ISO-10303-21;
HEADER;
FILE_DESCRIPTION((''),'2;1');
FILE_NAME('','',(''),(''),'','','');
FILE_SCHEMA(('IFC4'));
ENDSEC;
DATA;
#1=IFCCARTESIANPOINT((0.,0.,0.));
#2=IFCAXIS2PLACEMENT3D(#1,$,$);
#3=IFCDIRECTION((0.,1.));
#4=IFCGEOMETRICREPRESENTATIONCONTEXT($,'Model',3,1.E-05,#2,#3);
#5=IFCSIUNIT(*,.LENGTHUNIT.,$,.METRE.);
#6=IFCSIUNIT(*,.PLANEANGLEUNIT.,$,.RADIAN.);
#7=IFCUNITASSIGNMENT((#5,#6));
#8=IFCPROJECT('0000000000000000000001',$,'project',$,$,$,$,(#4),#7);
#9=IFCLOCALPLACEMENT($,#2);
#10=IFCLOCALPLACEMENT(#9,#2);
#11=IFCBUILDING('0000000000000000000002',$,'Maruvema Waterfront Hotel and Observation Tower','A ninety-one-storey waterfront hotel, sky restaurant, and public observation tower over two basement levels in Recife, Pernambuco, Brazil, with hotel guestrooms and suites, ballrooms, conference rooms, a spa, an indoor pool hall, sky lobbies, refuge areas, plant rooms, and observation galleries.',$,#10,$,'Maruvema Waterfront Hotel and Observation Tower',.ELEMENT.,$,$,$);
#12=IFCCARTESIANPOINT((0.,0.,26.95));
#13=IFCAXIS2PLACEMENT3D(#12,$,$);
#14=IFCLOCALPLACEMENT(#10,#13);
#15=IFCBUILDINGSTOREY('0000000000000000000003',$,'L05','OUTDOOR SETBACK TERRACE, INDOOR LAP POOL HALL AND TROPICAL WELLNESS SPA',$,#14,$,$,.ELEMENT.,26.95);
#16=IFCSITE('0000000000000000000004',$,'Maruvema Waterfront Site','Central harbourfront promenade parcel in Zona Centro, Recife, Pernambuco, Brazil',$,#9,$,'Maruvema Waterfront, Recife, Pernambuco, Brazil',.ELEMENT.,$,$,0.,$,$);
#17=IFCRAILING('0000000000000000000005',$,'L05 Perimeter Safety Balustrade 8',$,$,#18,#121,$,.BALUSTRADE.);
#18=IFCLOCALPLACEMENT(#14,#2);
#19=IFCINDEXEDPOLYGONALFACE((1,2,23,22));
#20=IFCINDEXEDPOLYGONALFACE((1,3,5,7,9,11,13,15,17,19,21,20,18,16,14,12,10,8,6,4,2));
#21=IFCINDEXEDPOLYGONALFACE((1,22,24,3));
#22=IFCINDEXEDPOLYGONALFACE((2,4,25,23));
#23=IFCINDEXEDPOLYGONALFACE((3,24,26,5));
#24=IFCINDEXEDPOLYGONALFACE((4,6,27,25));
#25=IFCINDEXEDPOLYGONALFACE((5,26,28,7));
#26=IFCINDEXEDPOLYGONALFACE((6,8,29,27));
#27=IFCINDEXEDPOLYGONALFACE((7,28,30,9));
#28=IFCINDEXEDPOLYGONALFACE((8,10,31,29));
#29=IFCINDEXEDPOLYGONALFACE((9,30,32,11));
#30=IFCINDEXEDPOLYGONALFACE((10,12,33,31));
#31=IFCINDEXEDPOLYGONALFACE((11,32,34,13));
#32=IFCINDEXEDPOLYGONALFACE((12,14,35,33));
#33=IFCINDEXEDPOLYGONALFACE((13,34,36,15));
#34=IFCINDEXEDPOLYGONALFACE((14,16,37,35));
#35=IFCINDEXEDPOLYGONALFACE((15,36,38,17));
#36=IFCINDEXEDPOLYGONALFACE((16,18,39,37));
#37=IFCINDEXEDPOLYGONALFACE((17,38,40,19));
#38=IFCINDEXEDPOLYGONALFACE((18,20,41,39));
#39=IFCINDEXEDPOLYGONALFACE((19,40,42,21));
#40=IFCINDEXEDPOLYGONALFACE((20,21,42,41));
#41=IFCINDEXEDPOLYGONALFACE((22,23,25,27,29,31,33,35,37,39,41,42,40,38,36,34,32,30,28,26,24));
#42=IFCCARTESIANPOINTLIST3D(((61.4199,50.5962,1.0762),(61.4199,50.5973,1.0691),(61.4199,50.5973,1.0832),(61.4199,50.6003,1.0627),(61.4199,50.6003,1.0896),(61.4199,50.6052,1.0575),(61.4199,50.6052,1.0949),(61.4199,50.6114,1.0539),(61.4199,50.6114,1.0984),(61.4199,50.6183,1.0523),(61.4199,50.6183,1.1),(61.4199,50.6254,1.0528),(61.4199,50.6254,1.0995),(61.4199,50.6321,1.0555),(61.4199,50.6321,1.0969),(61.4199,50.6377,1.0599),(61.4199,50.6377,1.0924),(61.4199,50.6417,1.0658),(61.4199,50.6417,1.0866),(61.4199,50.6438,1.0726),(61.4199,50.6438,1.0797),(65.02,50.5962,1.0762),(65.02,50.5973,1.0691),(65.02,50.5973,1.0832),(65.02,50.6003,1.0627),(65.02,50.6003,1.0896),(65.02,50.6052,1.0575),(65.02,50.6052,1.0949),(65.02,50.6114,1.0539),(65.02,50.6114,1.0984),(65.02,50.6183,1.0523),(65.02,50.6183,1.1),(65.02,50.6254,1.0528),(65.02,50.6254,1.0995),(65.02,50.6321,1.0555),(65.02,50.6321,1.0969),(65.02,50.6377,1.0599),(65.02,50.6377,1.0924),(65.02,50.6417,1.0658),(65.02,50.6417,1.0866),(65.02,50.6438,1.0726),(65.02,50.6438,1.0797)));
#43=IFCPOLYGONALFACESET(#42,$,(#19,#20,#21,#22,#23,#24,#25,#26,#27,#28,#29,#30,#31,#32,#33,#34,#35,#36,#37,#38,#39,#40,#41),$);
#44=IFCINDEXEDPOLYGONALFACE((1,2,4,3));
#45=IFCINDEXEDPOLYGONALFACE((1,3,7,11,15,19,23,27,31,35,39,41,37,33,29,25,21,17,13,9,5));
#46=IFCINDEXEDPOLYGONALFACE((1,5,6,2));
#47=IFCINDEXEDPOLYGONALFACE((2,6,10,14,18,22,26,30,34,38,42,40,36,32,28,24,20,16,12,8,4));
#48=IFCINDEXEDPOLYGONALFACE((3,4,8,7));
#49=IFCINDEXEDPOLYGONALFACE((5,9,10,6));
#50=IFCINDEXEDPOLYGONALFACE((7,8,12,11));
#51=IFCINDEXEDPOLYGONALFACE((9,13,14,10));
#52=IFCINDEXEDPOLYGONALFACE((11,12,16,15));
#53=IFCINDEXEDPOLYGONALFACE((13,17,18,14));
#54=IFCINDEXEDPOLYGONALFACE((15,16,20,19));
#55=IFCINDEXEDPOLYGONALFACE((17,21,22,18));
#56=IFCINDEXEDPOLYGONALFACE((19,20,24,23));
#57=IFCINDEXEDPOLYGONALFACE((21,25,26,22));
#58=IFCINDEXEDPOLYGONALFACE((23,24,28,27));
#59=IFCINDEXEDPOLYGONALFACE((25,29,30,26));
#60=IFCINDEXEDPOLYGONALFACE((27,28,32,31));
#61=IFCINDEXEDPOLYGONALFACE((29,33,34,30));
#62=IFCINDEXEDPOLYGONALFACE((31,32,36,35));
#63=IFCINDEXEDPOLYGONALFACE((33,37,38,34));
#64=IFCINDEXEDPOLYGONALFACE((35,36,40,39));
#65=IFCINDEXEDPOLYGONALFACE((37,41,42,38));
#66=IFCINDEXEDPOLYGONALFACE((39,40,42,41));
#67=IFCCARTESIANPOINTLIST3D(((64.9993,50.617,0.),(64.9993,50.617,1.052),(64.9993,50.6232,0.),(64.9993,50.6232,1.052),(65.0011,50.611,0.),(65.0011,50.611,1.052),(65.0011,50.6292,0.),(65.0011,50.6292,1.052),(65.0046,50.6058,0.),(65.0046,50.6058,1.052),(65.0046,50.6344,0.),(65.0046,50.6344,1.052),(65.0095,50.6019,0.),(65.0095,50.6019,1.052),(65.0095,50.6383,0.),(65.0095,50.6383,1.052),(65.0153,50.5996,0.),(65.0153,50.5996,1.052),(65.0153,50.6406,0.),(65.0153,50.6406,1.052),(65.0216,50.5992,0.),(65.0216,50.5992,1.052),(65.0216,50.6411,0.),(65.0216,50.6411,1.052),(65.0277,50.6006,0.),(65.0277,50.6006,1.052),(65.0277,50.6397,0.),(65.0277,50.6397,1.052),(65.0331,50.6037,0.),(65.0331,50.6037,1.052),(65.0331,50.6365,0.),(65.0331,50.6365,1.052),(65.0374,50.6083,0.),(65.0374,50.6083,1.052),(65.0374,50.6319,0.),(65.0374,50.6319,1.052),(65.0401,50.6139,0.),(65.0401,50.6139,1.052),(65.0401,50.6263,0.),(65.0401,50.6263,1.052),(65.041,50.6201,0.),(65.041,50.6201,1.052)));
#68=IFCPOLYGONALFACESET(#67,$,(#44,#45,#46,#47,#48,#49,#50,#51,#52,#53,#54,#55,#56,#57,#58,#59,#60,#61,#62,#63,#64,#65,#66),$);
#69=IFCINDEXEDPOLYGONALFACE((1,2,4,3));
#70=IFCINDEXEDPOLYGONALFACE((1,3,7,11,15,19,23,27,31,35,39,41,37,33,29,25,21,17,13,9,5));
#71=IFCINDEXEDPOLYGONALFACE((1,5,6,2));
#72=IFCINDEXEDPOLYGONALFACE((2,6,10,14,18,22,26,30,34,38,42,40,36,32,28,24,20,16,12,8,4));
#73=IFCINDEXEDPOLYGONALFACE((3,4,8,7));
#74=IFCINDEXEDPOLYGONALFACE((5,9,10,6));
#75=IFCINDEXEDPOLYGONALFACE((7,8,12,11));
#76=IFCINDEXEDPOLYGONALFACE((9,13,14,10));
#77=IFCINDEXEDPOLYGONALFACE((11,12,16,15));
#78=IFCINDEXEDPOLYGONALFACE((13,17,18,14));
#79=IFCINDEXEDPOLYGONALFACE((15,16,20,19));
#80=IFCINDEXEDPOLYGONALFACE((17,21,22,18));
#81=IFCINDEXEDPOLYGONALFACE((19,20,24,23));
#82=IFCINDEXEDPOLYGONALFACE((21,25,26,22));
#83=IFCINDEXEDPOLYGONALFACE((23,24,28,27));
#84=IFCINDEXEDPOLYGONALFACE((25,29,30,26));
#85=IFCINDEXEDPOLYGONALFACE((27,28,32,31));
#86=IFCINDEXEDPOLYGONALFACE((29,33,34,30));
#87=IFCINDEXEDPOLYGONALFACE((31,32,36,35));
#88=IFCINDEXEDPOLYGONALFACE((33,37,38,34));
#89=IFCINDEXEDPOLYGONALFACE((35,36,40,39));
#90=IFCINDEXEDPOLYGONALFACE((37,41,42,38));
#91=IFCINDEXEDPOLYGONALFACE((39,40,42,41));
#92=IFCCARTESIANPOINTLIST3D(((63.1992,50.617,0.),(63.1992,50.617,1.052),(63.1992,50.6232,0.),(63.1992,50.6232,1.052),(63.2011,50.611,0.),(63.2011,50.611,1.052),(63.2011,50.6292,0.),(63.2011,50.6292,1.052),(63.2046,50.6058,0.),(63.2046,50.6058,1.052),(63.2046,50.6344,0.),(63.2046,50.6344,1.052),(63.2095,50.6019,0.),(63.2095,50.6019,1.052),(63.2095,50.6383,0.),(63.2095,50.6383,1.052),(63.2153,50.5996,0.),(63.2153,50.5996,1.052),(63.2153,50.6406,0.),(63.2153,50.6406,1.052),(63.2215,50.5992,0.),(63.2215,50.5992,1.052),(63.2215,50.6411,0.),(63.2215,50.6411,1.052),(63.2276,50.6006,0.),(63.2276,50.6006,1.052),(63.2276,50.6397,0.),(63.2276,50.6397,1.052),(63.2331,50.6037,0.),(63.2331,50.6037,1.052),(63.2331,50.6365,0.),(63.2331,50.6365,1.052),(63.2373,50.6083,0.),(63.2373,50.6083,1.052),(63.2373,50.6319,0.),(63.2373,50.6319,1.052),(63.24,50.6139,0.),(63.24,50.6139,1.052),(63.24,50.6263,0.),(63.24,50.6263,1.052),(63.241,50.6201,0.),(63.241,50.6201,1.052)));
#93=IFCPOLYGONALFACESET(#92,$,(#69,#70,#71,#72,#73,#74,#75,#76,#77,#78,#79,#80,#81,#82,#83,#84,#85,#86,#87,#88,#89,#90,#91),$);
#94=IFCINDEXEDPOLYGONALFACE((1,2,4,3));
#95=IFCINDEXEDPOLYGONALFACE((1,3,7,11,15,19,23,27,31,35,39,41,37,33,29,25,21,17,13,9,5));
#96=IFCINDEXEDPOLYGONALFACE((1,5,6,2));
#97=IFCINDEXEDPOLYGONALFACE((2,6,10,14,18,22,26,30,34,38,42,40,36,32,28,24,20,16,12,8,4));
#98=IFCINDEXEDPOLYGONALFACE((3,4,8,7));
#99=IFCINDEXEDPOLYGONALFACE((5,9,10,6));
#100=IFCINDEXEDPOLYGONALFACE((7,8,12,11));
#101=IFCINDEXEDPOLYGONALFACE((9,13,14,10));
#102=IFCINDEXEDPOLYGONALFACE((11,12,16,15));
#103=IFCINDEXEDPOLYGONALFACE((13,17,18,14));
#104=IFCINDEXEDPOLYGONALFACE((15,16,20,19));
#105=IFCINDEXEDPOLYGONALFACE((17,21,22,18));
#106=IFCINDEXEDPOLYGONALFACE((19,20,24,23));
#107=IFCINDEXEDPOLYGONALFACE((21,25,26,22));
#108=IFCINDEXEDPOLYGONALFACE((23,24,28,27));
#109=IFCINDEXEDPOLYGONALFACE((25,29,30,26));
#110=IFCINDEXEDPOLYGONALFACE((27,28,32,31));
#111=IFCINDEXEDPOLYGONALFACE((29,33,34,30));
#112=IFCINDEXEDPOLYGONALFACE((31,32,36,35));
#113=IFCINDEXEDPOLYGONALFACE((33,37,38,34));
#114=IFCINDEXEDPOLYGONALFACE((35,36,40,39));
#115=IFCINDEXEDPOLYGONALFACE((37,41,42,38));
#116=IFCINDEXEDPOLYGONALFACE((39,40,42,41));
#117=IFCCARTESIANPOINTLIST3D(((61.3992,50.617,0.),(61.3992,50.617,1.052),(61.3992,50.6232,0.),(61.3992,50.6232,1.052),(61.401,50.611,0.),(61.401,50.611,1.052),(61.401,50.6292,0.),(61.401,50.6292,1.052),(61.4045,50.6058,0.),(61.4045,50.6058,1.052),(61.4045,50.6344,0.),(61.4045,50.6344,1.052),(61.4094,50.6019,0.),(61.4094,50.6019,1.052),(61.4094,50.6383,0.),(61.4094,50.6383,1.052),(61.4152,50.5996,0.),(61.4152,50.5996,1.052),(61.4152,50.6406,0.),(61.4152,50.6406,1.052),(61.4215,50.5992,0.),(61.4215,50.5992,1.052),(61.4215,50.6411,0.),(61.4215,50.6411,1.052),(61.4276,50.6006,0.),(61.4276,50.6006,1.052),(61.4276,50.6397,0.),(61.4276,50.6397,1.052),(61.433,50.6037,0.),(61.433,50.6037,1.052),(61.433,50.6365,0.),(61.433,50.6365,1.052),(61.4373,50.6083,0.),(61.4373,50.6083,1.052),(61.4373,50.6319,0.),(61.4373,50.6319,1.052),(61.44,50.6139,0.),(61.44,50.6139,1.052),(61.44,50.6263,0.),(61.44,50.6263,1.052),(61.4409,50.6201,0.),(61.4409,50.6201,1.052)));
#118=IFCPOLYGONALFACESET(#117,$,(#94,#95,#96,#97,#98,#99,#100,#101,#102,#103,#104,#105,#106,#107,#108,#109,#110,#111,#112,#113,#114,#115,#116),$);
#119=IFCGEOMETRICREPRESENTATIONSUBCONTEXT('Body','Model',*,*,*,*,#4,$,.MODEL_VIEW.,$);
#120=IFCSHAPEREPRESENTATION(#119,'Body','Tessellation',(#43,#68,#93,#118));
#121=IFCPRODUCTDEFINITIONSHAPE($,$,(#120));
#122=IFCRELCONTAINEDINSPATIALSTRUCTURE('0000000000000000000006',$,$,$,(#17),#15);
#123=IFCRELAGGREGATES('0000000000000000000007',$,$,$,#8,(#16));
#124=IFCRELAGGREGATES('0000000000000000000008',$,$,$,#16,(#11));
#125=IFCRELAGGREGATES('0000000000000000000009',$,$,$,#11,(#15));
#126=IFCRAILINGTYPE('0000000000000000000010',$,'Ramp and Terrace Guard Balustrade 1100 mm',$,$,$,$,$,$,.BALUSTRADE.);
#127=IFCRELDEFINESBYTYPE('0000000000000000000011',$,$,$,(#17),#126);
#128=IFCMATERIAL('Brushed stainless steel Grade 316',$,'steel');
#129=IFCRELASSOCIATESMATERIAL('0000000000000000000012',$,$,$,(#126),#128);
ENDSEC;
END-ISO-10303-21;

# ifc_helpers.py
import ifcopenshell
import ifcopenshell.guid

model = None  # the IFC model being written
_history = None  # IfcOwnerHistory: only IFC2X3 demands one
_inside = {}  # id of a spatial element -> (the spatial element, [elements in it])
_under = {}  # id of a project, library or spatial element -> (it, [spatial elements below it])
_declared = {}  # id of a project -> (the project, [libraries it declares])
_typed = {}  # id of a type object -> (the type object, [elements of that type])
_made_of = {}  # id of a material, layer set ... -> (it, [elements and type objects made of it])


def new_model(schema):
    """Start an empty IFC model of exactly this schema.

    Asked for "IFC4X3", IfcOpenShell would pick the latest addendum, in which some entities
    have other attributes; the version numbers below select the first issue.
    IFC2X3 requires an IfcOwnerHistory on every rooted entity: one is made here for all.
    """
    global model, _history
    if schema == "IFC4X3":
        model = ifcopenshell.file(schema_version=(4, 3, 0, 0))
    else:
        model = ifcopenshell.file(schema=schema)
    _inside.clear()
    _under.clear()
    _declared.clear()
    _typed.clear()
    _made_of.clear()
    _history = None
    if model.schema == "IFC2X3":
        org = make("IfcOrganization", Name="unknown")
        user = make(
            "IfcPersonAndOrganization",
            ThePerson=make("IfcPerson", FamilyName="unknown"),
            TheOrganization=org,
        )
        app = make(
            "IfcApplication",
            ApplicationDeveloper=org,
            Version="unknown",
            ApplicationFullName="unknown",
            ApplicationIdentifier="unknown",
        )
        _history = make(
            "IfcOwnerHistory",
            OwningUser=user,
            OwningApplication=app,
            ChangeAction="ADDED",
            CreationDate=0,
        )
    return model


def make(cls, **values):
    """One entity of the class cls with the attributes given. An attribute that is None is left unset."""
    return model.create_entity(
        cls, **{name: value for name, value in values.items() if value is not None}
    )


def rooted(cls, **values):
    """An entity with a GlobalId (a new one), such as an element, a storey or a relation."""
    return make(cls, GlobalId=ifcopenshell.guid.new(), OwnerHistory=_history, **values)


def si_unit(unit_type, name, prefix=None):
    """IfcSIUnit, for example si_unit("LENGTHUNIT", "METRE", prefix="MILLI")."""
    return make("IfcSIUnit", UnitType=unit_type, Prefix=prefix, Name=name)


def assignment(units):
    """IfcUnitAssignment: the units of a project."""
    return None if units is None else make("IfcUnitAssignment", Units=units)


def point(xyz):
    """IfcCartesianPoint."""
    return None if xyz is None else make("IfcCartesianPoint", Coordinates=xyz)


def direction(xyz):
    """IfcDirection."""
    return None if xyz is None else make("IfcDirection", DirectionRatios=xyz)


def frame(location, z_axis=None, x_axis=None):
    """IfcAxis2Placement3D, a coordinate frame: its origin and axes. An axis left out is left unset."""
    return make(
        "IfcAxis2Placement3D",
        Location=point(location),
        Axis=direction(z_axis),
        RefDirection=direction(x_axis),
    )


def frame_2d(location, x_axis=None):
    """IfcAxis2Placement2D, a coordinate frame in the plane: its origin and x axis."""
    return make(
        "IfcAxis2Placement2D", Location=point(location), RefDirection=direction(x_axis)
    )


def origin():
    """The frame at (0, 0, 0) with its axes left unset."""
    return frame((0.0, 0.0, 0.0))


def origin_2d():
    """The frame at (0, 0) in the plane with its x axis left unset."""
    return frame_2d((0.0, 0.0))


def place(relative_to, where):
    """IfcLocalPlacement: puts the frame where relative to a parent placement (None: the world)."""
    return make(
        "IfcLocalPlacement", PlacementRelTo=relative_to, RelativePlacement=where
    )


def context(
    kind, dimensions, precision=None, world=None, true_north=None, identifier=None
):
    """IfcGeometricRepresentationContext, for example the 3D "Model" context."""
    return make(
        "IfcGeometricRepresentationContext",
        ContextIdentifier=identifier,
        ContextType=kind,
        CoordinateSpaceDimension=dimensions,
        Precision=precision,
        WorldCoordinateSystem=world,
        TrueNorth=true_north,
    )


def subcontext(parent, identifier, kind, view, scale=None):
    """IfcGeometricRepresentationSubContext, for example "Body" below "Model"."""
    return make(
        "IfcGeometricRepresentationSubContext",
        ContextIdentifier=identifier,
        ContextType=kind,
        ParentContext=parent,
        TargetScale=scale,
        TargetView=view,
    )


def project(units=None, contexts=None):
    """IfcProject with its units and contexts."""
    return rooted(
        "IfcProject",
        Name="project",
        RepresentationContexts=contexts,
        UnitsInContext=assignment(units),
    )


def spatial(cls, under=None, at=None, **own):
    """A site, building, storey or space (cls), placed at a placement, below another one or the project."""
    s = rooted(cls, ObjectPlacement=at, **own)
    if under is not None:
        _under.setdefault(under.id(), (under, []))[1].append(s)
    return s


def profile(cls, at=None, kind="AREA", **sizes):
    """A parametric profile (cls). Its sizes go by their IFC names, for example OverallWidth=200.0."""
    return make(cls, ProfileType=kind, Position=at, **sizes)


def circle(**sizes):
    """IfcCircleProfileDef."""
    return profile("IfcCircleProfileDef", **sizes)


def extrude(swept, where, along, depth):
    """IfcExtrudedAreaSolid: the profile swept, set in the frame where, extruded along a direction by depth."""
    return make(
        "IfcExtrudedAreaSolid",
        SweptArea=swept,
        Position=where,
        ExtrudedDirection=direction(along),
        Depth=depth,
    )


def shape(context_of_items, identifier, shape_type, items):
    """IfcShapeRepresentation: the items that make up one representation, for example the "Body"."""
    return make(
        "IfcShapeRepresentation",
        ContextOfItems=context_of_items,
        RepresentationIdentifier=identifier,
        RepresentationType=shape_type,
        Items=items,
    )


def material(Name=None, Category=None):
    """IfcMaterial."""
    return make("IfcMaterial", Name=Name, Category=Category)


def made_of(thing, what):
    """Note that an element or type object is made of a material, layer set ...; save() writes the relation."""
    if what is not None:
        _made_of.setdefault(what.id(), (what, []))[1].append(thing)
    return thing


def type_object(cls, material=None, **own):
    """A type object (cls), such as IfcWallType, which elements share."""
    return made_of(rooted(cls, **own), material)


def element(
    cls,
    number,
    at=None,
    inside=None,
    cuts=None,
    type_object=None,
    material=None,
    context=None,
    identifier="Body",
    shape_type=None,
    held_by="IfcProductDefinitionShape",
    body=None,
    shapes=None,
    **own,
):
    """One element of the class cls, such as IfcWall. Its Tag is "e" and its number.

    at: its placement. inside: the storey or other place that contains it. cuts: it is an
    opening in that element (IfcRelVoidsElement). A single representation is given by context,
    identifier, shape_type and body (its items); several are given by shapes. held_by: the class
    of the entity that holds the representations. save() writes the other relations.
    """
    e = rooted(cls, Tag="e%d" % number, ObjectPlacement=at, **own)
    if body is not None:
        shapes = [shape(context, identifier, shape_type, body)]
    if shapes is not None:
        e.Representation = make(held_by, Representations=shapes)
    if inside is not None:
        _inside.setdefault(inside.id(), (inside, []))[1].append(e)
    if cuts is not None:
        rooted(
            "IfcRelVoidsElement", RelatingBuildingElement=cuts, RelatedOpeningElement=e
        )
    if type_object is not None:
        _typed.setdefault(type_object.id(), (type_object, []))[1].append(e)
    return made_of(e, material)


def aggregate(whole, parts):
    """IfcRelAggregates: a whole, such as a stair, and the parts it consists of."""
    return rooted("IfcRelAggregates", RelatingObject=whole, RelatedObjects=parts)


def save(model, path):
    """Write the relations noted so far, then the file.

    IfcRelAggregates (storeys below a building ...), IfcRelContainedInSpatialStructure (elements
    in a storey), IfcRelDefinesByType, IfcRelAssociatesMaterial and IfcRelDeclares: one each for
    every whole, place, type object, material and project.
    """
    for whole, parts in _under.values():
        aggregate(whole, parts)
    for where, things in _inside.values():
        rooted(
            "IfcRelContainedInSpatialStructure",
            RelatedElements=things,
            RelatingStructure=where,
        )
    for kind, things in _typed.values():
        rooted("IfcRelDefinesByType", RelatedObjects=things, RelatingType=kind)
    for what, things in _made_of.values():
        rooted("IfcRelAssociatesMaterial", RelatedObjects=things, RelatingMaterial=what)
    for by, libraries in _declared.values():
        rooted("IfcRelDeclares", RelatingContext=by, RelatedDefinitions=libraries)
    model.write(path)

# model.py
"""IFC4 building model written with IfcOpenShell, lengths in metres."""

from ifc_helpers import new_model, si_unit, direction, frame, origin, origin_2d, place, context, subcontext, project, spatial, circle, extrude, material, type_object, element, save


model = new_model("IFC4")

# Units and contexts
model_context = context("Model", 3, precision=1e-05, world=origin(), true_north=direction((0.0, 1.0)))
body_context = subcontext(model_context, "Body", "Model", "MODEL_VIEW")
ifc_project = project(units=[si_unit("LENGTHUNIT", "METRE"), si_unit("PLANEANGLEUNIT", "RADIAN")], contexts=[model_context])

# Site, building, storey
site_placement = place(None, origin())
site = spatial("IfcSite", under=ifc_project, at=site_placement, Name="Maruvema Waterfront Site", Description="Central harbourfront promenade parcel in Zona Centro, Recife, Pernambuco, Brazil", LongName="Maruvema Waterfront, Recife, Pernambuco, Brazil", CompositionType="ELEMENT", RefElevation=0.0)
building_placement = place(site_placement, origin())
building = spatial("IfcBuilding", under=site, at=building_placement, Name="Maruvema Waterfront Hotel and Observation Tower", Description="A ninety-one-storey waterfront hotel, sky restaurant, and public observation tower over two basement levels in Recife, Pernambuco, Brazil, with hotel guestrooms and suites, ballrooms, conference rooms, a spa, an indoor pool hall, sky lobbies, refuge areas, plant rooms, and observation galleries.", LongName="Maruvema Waterfront Hotel and Observation Tower", CompositionType="ELEMENT")
storey_placement = place(building_placement, frame((0.0, 0.0, 26.95)))
storey = spatial("IfcBuildingStorey", under=building, at=storey_placement, Name="L05", Description="OUTDOOR SETBACK TERRACE, INDOOR LAP POOL HALL AND TROPICAL WELLNESS SPA", CompositionType="ELEMENT", Elevation=26.95)

# Railing
ifc_material_1 = material(Name="Brushed stainless steel Grade 316", Category="steel")
railing_type = type_object("IfcRailingType", Name="Ramp and Terrace Guard Balustrade 1100 mm", PredefinedType="BALUSTRADE", material=ifc_material_1)
railing_1_placement = place(storey_placement, frame((65.02, 50.6201, 0.0)))
element("IfcRailing", 1, at=railing_1_placement, inside=storey, type_object=railing_type, Name="L05 Perimeter Safety Balustrade 8", PredefinedType="BALUSTRADE", context=body_context, shape_type="SweptSolid", body=[
    extrude(circle(Radius=0.0239, at=origin_2d()), frame((0.0, 0.0, 1.0762), z_axis=(-1.0, 0.0, 0.0), x_axis=(0.0, -1.0, 0.0)), (0.0, 0.0, 1.0), 3.6001),
    extrude(circle(Radius=0.021, at=origin_2d()), origin(), (0.0, 0.0, 1.0), 1.052),
    extrude(circle(Radius=0.021, at=origin_2d()), frame((-1.8, 0.0, 0.0)), (0.0, 0.0, 1.0), 1.052),
    extrude(circle(Radius=0.021, at=origin_2d()), frame((-3.6001, 0.0, 0.0)), (0.0, 0.0, 1.0), 1.052),
])

save(model, "model.ifc")
